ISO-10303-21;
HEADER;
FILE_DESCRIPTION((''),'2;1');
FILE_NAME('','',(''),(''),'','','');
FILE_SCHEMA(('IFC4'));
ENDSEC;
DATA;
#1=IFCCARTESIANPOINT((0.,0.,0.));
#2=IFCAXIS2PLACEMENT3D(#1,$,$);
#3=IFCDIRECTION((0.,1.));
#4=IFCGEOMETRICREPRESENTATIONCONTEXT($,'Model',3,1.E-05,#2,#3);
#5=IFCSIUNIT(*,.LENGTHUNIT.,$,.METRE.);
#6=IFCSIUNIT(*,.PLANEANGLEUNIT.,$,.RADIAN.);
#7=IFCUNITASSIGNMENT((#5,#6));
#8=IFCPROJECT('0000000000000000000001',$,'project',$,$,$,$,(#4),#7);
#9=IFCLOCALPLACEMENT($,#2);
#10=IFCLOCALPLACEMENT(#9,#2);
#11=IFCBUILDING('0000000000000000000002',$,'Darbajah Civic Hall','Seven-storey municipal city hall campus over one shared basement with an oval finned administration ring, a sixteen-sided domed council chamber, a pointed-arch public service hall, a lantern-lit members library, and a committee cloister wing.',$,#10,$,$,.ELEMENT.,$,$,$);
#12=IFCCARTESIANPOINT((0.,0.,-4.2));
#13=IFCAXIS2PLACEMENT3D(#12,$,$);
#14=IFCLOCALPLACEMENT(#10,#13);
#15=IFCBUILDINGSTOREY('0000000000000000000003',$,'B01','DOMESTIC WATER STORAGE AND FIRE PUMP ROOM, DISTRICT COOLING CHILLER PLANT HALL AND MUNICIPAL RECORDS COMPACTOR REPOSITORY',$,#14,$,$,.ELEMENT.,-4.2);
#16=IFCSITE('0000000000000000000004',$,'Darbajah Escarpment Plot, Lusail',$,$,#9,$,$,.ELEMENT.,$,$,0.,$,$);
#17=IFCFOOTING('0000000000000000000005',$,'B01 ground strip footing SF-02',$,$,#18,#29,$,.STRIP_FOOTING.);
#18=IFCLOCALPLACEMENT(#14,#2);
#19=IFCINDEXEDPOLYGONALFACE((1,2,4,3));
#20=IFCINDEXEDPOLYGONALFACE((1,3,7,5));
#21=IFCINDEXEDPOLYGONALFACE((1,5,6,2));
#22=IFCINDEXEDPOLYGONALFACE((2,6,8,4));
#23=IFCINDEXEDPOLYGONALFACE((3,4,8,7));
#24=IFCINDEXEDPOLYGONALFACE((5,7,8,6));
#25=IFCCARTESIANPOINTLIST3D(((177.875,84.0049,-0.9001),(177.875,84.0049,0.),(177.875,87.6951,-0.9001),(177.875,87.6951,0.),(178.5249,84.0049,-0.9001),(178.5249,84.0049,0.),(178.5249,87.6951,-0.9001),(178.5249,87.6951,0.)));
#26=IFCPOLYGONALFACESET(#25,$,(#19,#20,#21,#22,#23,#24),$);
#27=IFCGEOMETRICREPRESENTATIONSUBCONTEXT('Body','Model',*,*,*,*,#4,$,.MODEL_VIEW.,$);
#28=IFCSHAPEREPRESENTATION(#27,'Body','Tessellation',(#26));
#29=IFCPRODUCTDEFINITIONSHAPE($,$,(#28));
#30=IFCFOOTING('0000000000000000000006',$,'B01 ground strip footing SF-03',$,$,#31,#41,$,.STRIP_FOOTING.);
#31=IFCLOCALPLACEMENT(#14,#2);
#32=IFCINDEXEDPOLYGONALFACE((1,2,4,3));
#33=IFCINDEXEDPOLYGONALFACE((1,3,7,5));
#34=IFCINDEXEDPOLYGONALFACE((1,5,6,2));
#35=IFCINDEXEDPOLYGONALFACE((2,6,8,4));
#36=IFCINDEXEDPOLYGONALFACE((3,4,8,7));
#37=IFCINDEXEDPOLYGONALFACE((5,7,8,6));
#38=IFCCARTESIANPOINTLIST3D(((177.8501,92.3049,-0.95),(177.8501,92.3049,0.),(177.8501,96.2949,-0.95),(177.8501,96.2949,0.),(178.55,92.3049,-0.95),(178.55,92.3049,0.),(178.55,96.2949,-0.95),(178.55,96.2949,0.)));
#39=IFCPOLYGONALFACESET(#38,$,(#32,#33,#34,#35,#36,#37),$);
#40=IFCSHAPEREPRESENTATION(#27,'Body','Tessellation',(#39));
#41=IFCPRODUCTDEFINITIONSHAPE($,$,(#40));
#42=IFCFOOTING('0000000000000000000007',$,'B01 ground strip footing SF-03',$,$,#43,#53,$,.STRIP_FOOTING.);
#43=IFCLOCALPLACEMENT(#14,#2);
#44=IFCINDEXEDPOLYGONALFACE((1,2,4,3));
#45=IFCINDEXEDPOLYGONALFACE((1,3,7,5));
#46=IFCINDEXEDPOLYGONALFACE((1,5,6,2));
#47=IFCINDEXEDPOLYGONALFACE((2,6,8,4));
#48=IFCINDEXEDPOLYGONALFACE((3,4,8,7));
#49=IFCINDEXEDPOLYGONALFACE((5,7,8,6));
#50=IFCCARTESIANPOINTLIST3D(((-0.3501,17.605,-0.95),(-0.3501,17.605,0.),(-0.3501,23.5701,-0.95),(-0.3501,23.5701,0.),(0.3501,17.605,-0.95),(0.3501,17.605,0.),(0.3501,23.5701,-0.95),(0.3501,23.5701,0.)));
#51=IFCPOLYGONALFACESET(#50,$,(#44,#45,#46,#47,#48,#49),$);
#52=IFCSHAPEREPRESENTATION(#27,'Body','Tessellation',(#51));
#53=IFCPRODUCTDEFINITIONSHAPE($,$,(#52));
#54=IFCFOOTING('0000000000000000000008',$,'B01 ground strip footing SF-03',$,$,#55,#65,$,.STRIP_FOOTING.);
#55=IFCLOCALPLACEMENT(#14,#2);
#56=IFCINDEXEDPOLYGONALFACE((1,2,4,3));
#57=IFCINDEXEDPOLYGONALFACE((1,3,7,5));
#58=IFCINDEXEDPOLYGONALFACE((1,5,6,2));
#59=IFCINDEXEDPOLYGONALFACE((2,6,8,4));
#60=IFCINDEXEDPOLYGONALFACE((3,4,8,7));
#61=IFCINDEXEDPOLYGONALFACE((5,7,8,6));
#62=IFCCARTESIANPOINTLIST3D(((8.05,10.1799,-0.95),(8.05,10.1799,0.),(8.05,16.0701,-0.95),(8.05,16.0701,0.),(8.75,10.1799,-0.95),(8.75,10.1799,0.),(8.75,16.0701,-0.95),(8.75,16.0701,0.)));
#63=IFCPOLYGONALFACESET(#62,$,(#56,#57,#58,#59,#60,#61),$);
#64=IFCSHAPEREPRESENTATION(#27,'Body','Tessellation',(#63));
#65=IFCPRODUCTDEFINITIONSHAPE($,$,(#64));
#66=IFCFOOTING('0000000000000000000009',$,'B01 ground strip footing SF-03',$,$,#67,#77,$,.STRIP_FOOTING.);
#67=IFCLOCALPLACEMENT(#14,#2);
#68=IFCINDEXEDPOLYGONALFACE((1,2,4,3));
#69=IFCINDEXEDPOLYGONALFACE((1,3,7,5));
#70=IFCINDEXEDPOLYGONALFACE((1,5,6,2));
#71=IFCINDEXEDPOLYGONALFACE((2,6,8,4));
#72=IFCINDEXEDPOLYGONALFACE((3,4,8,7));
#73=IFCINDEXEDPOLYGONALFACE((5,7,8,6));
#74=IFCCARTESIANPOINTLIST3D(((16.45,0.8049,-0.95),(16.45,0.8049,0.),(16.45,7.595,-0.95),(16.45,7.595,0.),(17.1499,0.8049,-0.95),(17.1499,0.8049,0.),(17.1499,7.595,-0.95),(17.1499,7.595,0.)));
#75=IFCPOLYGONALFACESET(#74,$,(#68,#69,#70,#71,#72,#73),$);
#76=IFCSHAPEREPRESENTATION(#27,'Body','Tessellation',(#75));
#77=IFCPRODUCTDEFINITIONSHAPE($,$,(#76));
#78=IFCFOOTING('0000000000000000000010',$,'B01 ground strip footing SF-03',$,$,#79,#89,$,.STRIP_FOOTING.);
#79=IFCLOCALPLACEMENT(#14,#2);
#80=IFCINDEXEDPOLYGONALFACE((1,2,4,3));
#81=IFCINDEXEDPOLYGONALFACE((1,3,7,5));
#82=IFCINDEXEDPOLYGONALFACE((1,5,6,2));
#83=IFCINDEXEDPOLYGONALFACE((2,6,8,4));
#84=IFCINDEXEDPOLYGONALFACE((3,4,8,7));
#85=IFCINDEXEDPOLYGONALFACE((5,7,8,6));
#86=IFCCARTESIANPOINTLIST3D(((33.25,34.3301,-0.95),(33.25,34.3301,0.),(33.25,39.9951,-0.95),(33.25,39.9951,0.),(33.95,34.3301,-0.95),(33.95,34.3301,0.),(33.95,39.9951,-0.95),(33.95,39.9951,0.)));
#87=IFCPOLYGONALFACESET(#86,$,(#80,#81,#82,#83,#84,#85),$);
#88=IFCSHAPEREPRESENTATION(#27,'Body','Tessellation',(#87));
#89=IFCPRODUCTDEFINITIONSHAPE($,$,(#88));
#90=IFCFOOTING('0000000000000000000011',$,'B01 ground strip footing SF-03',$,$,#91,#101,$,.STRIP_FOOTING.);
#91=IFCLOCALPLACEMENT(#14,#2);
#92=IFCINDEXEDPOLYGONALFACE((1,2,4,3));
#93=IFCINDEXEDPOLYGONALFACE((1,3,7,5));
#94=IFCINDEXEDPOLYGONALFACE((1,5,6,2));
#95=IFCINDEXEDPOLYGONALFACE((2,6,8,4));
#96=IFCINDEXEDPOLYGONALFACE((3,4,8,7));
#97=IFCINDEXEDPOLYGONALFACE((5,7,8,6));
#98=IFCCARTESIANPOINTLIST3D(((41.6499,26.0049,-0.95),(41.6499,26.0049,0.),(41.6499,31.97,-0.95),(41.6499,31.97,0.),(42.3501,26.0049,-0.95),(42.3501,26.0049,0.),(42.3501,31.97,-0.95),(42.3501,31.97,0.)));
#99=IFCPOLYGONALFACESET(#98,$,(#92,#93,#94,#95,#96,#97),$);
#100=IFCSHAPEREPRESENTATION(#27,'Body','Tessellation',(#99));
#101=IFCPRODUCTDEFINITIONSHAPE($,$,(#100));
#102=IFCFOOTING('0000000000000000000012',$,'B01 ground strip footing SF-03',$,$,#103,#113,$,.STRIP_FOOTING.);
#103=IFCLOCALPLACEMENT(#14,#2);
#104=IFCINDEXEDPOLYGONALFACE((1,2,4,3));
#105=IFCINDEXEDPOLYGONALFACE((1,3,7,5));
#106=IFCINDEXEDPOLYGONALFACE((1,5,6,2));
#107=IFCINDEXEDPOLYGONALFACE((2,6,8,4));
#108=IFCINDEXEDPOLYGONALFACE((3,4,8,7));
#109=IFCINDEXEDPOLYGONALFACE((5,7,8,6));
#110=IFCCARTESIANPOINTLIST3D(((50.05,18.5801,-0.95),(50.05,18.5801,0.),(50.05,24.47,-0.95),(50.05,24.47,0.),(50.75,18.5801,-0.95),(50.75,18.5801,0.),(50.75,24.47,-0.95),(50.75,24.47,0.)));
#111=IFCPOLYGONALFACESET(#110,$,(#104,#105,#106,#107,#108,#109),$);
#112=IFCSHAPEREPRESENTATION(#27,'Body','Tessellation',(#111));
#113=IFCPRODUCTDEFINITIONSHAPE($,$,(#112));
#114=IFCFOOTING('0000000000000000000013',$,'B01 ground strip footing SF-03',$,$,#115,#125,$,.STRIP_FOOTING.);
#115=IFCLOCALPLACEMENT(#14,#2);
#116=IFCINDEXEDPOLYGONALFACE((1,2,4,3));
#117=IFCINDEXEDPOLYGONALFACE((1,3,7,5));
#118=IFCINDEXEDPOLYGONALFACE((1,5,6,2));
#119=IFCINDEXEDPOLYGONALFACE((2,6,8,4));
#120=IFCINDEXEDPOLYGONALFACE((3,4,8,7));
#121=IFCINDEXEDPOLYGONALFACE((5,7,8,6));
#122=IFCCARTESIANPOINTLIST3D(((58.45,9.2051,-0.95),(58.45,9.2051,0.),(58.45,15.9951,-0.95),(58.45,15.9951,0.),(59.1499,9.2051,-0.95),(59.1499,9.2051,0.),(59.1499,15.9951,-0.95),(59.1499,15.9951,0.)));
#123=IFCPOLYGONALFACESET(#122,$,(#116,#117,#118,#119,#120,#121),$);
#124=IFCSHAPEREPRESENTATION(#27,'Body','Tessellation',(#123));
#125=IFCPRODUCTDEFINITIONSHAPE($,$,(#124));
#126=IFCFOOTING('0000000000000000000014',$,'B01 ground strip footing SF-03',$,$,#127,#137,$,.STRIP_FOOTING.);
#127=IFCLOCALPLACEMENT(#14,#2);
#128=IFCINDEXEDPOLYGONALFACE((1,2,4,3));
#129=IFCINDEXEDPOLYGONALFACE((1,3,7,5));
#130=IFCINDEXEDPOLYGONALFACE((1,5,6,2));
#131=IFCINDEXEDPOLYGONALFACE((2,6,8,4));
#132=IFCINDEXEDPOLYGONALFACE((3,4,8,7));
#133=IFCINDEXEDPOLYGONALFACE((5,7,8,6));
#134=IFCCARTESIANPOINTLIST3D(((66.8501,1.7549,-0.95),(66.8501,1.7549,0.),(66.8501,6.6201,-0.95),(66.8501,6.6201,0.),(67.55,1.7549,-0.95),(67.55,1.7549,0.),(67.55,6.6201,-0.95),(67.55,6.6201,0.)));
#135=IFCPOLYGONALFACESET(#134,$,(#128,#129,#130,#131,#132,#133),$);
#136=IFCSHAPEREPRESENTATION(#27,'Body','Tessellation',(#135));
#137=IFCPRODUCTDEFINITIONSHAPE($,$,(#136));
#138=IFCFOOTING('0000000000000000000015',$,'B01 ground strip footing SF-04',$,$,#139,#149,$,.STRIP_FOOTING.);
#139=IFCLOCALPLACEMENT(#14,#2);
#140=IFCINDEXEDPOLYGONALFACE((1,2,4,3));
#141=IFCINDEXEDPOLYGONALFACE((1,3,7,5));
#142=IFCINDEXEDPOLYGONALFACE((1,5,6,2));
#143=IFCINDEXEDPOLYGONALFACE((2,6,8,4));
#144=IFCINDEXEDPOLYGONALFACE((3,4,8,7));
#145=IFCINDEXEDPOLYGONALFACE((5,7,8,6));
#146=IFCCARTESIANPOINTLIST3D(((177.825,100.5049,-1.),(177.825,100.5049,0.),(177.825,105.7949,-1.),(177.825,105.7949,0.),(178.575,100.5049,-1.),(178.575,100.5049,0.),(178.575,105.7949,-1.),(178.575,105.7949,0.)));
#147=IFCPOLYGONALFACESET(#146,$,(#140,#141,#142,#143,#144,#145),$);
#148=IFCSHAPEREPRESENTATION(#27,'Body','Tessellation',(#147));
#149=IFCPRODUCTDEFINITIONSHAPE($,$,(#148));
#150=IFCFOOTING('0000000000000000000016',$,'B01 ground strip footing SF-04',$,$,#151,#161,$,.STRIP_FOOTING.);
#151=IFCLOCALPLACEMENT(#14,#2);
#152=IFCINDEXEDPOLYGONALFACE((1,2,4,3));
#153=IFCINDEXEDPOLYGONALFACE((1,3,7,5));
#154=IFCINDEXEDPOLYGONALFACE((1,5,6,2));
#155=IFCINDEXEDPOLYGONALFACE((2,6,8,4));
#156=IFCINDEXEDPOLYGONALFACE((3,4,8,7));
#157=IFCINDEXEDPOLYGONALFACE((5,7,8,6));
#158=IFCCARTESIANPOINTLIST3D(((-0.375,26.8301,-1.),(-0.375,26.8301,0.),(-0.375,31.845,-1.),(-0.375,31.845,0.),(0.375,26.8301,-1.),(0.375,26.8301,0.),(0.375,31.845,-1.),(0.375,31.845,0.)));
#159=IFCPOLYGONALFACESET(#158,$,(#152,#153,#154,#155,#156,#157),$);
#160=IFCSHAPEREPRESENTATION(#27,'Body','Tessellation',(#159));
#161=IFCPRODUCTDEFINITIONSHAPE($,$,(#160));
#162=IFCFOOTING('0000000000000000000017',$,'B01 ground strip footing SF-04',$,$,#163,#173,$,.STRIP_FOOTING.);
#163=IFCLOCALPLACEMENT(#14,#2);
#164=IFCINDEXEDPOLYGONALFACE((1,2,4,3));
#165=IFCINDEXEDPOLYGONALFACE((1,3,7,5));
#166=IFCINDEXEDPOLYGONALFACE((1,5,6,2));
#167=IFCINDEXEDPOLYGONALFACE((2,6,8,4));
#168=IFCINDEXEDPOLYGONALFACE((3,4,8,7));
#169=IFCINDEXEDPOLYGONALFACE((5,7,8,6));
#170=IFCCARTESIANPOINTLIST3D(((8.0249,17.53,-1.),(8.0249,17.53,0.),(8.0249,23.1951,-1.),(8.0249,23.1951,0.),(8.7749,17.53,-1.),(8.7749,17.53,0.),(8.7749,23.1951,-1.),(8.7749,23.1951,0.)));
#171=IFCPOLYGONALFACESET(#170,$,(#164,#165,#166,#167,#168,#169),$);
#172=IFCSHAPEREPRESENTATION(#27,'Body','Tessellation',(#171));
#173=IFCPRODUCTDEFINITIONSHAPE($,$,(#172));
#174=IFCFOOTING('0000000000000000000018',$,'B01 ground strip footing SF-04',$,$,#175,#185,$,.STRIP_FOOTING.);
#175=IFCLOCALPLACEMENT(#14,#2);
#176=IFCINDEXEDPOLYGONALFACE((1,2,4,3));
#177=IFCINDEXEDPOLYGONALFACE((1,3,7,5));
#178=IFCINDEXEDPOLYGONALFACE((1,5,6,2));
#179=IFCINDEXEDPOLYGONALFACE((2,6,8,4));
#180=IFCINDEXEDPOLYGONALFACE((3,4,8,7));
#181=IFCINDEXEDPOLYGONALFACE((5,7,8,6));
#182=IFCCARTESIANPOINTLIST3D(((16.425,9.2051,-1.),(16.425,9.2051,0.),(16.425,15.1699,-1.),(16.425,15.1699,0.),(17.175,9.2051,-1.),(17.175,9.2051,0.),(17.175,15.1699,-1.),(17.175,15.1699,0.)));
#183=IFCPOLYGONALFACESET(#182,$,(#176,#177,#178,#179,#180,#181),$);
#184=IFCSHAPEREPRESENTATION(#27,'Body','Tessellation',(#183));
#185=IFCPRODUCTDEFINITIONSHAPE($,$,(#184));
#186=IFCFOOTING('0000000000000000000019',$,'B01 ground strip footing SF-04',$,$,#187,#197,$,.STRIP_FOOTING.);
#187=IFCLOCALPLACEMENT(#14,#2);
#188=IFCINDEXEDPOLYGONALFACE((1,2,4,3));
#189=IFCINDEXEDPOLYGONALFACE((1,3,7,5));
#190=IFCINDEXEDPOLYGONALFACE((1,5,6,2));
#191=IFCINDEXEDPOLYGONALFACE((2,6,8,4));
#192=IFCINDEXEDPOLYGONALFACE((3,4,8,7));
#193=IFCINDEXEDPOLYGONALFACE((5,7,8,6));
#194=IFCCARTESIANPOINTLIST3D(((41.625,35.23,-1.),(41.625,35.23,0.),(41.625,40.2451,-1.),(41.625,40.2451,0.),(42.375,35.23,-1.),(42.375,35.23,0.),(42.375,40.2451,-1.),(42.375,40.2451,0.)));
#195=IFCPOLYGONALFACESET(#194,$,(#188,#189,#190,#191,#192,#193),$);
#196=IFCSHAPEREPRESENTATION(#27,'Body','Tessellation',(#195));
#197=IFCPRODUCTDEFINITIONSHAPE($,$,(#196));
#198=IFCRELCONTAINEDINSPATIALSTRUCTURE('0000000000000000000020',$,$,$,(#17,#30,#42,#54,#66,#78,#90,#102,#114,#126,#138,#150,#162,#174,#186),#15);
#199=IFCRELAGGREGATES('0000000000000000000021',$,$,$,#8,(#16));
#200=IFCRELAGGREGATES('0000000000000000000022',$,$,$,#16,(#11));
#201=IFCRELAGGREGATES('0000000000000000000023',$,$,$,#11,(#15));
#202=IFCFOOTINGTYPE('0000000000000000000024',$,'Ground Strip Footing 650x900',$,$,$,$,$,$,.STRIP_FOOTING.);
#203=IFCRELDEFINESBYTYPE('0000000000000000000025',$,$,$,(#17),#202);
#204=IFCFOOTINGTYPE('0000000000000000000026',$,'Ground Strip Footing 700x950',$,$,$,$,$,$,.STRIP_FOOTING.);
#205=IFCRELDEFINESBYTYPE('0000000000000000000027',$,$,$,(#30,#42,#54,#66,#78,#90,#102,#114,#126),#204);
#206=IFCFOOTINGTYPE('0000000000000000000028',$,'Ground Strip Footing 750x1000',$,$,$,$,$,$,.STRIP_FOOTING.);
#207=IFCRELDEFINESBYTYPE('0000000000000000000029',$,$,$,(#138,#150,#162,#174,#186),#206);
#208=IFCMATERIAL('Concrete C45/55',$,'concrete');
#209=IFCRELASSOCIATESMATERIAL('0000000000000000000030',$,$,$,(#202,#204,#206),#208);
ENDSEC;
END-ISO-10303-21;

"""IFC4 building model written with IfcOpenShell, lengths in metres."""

from ifc_helpers import new_model, si_unit, direction, frame, origin, place, context, subcontext, project, spatial, polyline, outline, extrude, material, type_object, element, save


model = new_model("IFC4")

# Units and contexts
model_context = context("Model", 3, precision=1e-05, world=origin(), true_north=direction((0.0, 1.0)))
body_context = subcontext(model_context, "Body", "Model", "MODEL_VIEW")
ifc_project = project(units=[si_unit("LENGTHUNIT", "METRE"), si_unit("PLANEANGLEUNIT", "RADIAN")], contexts=[model_context])

# Site, building, storey
site_placement = place(None, origin())
site = spatial("IfcSite", under=ifc_project, at=site_placement, Name="Darbajah Escarpment Plot, Lusail", CompositionType="ELEMENT", RefElevation=0.0)
building_placement = place(site_placement, origin())
building = spatial("IfcBuilding", under=site, at=building_placement, Name="Darbajah Civic Hall", Description="Seven-storey municipal city hall campus over one shared basement with an oval finned administration ring, a sixteen-sided domed council chamber, a pointed-arch public service hall, a lantern-lit members library, and a committee cloister wing.", CompositionType="ELEMENT")
storey_placement = place(building_placement, frame((0.0, 0.0, -4.2)))
storey = spatial("IfcBuildingStorey", under=building, at=storey_placement, Name="B01", Description="DOMESTIC WATER STORAGE AND FIRE PUMP ROOM, DISTRICT COOLING CHILLER PLANT HALL AND MUNICIPAL RECORDS COMPACTOR REPOSITORY", CompositionType="ELEMENT", Elevation=-4.2)

# Footings
ifc_material = material(Name="Concrete C45/55", Category="concrete")
footing_type_1 = type_object("IfcFootingType", Name="Ground Strip Footing 650x900", PredefinedType="STRIP_FOOTING", material=ifc_material)
footing_1_placement = place(storey_placement, frame((0.0, 0.0, -0.9001)))
element("IfcFooting", 1, at=footing_1_placement, inside=storey, type_object=footing_type_1, Name="B01 ground strip footing SF-02", PredefinedType="STRIP_FOOTING", context=body_context, shape_type="SweptSolid", body=[
    extrude(outline(polyline([(178.5249, 84.0049), (178.5249, 87.6951), (177.875, 87.6951), (177.875, 84.0049), (178.5249, 84.0049)])), origin(), (0.0, 0.0, 1.0), 0.9001),
])
footing_type_2 = type_object("IfcFootingType", Name="Ground Strip Footing 700x950", PredefinedType="STRIP_FOOTING", material=ifc_material)
footing_2_placement = place(storey_placement, frame((0.0, 0.0, -0.95)))
element("IfcFooting", 2, at=footing_2_placement, inside=storey, type_object=footing_type_2, Name="B01 ground strip footing SF-03", PredefinedType="STRIP_FOOTING", context=body_context, shape_type="SweptSolid", body=[
    extrude(outline(polyline([(178.55, 92.3049), (178.55, 96.2949), (177.8501, 96.2949), (177.8501, 92.3049), (178.55, 92.3049)])), origin(), (0.0, 0.0, 1.0), 0.95),
])
footing_3_placement = place(storey_placement, frame((0.0, 0.0, -0.95)))
element("IfcFooting", 3, at=footing_3_placement, inside=storey, type_object=footing_type_2, Name="B01 ground strip footing SF-03", PredefinedType="STRIP_FOOTING", context=body_context, shape_type="SweptSolid", body=[
    extrude(outline(polyline([(0.3501, 17.605), (0.3501, 23.5701), (-0.3501, 23.5701), (-0.3501, 17.605), (0.3501, 17.605)])), origin(), (0.0, 0.0, 1.0), 0.95),
])
footing_4_placement = place(storey_placement, frame((0.0, 0.0, -0.95)))
element("IfcFooting", 4, at=footing_4_placement, inside=storey, type_object=footing_type_2, Name="B01 ground strip footing SF-03", PredefinedType="STRIP_FOOTING", context=body_context, shape_type="SweptSolid", body=[
    extrude(outline(polyline([(8.75, 10.1799), (8.75, 16.0701), (8.05, 16.0701), (8.05, 10.1799), (8.75, 10.1799)])), origin(), (0.0, 0.0, 1.0), 0.95),
])
footing_5_placement = place(storey_placement, frame((0.0, 0.0, -0.95)))
element("IfcFooting", 5, at=footing_5_placement, inside=storey, type_object=footing_type_2, Name="B01 ground strip footing SF-03", PredefinedType="STRIP_FOOTING", context=body_context, shape_type="SweptSolid", body=[
    extrude(outline(polyline([(17.1499, 0.8049), (17.1499, 7.595), (16.45, 7.595), (16.45, 0.8049), (17.1499, 0.8049)])), origin(), (0.0, 0.0, 1.0), 0.95),
])
footing_6_placement = place(storey_placement, frame((0.0, 0.0, -0.95)))
element("IfcFooting", 6, at=footing_6_placement, inside=storey, type_object=footing_type_2, Name="B01 ground strip footing SF-03", PredefinedType="STRIP_FOOTING", context=body_context, shape_type="SweptSolid", body=[
    extrude(outline(polyline([(33.95, 34.3301), (33.95, 39.9951), (33.25, 39.9951), (33.25, 34.3301), (33.95, 34.3301)])), origin(), (0.0, 0.0, 1.0), 0.95),
])
footing_7_placement = place(storey_placement, frame((0.0, 0.0, -0.95)))
element("IfcFooting", 7, at=footing_7_placement, inside=storey, type_object=footing_type_2, Name="B01 ground strip footing SF-03", PredefinedType="STRIP_FOOTING", context=body_context, shape_type="SweptSolid", body=[
    extrude(outline(polyline([(42.3501, 26.0049), (42.3501, 31.97), (41.6499, 31.97), (41.6499, 26.0049), (42.3501, 26.0049)])), origin(), (0.0, 0.0, 1.0), 0.95),
])
footing_8_placement = place(storey_placement, frame((0.0, 0.0, -0.95)))
element("IfcFooting", 8, at=footing_8_placement, inside=storey, type_object=footing_type_2, Name="B01 ground strip footing SF-03", PredefinedType="STRIP_FOOTING", context=body_context, shape_type="SweptSolid", body=[
    extrude(outline(polyline([(50.75, 18.5801), (50.75, 24.47), (50.05, 24.47), (50.05, 18.5801), (50.75, 18.5801)])), origin(), (0.0, 0.0, 1.0), 0.95),
])
footing_9_placement = place(storey_placement, frame((0.0, 0.0, -0.95)))
element("IfcFooting", 9, at=footing_9_placement, inside=storey, type_object=footing_type_2, Name="B01 ground strip footing SF-03", PredefinedType="STRIP_FOOTING", context=body_context, shape_type="SweptSolid", body=[
    extrude(outline(polyline([(59.1499, 9.2051), (59.1499, 15.9951), (58.45, 15.9951), (58.45, 9.2051), (59.1499, 9.2051)])), origin(), (0.0, 0.0, 1.0), 0.95),
])
footing_10_placement = place(storey_placement, frame((0.0, 0.0, -0.95)))
element("IfcFooting", 10, at=footing_10_placement, inside=storey, type_object=footing_type_2, Name="B01 ground strip footing SF-03", PredefinedType="STRIP_FOOTING", context=body_context, shape_type="SweptSolid", body=[
    extrude(outline(polyline([(67.55, 1.7549), (67.55, 6.6201), (66.8501, 6.6201), (66.8501, 1.7549), (67.55, 1.7549)])), origin(), (0.0, 0.0, 1.0), 0.95),
])
footing_type_3 = type_object("IfcFootingType", Name="Ground Strip Footing 750x1000", PredefinedType="STRIP_FOOTING", material=ifc_material)
footing_11_placement = place(storey_placement, frame((0.0, 0.0, -1.0)))
element("IfcFooting", 11, at=footing_11_placement, inside=storey, type_object=footing_type_3, Name="B01 ground strip footing SF-04", PredefinedType="STRIP_FOOTING", context=body_context, shape_type="SweptSolid", body=[
    extrude(outline(polyline([(178.575, 100.5049), (178.575, 105.7949), (177.825, 105.7949), (177.825, 100.5049), (178.575, 100.5049)])), origin(), (0.0, 0.0, 1.0), 1.0),
])
footing_12_placement = place(storey_placement, frame((0.0, 0.0, -1.0)))
element("IfcFooting", 12, at=footing_12_placement, inside=storey, type_object=footing_type_3, Name="B01 ground strip footing SF-04", PredefinedType="STRIP_FOOTING", context=body_context, shape_type="SweptSolid", body=[
    extrude(outline(polyline([(0.375, 26.8301), (0.375, 31.845), (-0.375, 31.845), (-0.375, 26.8301), (0.375, 26.8301)])), origin(), (0.0, 0.0, 1.0), 1.0),
])
footing_13_placement = place(storey_placement, frame((0.0, 0.0, -1.0)))
element("IfcFooting", 13, at=footing_13_placement, inside=storey, type_object=footing_type_3, Name="B01 ground strip footing SF-04", PredefinedType="STRIP_FOOTING", context=body_context, shape_type="SweptSolid", body=[
    extrude(outline(polyline([(8.7749, 17.53), (8.7749, 23.1951), (8.0249, 23.1951), (8.0249, 17.53), (8.7749, 17.53)])), origin(), (0.0, 0.0, 1.0), 1.0),
])
footing_14_placement = place(storey_placement, frame((0.0, 0.0, -1.0)))
element("IfcFooting", 14, at=footing_14_placement, inside=storey, type_object=footing_type_3, Name="B01 ground strip footing SF-04", PredefinedType="STRIP_FOOTING", context=body_context, shape_type="SweptSolid", body=[
    extrude(outline(polyline([(17.175, 9.2051), (17.175, 15.1699), (16.425, 15.1699), (16.425, 9.2051), (17.175, 9.2051)])), origin(), (0.0, 0.0, 1.0), 1.0),
])
footing_15_placement = place(storey_placement, frame((0.0, 0.0, -1.0)))
element("IfcFooting", 15, at=footing_15_placement, inside=storey, type_object=footing_type_3, Name="B01 ground strip footing SF-04", PredefinedType="STRIP_FOOTING", context=body_context, shape_type="SweptSolid", body=[
    extrude(outline(polyline([(42.375, 35.23), (42.375, 40.2451), (41.625, 40.2451), (41.625, 35.23), (42.375, 35.23)])), origin(), (0.0, 0.0, 1.0), 1.0),
])

save(model, "model.ifc")
